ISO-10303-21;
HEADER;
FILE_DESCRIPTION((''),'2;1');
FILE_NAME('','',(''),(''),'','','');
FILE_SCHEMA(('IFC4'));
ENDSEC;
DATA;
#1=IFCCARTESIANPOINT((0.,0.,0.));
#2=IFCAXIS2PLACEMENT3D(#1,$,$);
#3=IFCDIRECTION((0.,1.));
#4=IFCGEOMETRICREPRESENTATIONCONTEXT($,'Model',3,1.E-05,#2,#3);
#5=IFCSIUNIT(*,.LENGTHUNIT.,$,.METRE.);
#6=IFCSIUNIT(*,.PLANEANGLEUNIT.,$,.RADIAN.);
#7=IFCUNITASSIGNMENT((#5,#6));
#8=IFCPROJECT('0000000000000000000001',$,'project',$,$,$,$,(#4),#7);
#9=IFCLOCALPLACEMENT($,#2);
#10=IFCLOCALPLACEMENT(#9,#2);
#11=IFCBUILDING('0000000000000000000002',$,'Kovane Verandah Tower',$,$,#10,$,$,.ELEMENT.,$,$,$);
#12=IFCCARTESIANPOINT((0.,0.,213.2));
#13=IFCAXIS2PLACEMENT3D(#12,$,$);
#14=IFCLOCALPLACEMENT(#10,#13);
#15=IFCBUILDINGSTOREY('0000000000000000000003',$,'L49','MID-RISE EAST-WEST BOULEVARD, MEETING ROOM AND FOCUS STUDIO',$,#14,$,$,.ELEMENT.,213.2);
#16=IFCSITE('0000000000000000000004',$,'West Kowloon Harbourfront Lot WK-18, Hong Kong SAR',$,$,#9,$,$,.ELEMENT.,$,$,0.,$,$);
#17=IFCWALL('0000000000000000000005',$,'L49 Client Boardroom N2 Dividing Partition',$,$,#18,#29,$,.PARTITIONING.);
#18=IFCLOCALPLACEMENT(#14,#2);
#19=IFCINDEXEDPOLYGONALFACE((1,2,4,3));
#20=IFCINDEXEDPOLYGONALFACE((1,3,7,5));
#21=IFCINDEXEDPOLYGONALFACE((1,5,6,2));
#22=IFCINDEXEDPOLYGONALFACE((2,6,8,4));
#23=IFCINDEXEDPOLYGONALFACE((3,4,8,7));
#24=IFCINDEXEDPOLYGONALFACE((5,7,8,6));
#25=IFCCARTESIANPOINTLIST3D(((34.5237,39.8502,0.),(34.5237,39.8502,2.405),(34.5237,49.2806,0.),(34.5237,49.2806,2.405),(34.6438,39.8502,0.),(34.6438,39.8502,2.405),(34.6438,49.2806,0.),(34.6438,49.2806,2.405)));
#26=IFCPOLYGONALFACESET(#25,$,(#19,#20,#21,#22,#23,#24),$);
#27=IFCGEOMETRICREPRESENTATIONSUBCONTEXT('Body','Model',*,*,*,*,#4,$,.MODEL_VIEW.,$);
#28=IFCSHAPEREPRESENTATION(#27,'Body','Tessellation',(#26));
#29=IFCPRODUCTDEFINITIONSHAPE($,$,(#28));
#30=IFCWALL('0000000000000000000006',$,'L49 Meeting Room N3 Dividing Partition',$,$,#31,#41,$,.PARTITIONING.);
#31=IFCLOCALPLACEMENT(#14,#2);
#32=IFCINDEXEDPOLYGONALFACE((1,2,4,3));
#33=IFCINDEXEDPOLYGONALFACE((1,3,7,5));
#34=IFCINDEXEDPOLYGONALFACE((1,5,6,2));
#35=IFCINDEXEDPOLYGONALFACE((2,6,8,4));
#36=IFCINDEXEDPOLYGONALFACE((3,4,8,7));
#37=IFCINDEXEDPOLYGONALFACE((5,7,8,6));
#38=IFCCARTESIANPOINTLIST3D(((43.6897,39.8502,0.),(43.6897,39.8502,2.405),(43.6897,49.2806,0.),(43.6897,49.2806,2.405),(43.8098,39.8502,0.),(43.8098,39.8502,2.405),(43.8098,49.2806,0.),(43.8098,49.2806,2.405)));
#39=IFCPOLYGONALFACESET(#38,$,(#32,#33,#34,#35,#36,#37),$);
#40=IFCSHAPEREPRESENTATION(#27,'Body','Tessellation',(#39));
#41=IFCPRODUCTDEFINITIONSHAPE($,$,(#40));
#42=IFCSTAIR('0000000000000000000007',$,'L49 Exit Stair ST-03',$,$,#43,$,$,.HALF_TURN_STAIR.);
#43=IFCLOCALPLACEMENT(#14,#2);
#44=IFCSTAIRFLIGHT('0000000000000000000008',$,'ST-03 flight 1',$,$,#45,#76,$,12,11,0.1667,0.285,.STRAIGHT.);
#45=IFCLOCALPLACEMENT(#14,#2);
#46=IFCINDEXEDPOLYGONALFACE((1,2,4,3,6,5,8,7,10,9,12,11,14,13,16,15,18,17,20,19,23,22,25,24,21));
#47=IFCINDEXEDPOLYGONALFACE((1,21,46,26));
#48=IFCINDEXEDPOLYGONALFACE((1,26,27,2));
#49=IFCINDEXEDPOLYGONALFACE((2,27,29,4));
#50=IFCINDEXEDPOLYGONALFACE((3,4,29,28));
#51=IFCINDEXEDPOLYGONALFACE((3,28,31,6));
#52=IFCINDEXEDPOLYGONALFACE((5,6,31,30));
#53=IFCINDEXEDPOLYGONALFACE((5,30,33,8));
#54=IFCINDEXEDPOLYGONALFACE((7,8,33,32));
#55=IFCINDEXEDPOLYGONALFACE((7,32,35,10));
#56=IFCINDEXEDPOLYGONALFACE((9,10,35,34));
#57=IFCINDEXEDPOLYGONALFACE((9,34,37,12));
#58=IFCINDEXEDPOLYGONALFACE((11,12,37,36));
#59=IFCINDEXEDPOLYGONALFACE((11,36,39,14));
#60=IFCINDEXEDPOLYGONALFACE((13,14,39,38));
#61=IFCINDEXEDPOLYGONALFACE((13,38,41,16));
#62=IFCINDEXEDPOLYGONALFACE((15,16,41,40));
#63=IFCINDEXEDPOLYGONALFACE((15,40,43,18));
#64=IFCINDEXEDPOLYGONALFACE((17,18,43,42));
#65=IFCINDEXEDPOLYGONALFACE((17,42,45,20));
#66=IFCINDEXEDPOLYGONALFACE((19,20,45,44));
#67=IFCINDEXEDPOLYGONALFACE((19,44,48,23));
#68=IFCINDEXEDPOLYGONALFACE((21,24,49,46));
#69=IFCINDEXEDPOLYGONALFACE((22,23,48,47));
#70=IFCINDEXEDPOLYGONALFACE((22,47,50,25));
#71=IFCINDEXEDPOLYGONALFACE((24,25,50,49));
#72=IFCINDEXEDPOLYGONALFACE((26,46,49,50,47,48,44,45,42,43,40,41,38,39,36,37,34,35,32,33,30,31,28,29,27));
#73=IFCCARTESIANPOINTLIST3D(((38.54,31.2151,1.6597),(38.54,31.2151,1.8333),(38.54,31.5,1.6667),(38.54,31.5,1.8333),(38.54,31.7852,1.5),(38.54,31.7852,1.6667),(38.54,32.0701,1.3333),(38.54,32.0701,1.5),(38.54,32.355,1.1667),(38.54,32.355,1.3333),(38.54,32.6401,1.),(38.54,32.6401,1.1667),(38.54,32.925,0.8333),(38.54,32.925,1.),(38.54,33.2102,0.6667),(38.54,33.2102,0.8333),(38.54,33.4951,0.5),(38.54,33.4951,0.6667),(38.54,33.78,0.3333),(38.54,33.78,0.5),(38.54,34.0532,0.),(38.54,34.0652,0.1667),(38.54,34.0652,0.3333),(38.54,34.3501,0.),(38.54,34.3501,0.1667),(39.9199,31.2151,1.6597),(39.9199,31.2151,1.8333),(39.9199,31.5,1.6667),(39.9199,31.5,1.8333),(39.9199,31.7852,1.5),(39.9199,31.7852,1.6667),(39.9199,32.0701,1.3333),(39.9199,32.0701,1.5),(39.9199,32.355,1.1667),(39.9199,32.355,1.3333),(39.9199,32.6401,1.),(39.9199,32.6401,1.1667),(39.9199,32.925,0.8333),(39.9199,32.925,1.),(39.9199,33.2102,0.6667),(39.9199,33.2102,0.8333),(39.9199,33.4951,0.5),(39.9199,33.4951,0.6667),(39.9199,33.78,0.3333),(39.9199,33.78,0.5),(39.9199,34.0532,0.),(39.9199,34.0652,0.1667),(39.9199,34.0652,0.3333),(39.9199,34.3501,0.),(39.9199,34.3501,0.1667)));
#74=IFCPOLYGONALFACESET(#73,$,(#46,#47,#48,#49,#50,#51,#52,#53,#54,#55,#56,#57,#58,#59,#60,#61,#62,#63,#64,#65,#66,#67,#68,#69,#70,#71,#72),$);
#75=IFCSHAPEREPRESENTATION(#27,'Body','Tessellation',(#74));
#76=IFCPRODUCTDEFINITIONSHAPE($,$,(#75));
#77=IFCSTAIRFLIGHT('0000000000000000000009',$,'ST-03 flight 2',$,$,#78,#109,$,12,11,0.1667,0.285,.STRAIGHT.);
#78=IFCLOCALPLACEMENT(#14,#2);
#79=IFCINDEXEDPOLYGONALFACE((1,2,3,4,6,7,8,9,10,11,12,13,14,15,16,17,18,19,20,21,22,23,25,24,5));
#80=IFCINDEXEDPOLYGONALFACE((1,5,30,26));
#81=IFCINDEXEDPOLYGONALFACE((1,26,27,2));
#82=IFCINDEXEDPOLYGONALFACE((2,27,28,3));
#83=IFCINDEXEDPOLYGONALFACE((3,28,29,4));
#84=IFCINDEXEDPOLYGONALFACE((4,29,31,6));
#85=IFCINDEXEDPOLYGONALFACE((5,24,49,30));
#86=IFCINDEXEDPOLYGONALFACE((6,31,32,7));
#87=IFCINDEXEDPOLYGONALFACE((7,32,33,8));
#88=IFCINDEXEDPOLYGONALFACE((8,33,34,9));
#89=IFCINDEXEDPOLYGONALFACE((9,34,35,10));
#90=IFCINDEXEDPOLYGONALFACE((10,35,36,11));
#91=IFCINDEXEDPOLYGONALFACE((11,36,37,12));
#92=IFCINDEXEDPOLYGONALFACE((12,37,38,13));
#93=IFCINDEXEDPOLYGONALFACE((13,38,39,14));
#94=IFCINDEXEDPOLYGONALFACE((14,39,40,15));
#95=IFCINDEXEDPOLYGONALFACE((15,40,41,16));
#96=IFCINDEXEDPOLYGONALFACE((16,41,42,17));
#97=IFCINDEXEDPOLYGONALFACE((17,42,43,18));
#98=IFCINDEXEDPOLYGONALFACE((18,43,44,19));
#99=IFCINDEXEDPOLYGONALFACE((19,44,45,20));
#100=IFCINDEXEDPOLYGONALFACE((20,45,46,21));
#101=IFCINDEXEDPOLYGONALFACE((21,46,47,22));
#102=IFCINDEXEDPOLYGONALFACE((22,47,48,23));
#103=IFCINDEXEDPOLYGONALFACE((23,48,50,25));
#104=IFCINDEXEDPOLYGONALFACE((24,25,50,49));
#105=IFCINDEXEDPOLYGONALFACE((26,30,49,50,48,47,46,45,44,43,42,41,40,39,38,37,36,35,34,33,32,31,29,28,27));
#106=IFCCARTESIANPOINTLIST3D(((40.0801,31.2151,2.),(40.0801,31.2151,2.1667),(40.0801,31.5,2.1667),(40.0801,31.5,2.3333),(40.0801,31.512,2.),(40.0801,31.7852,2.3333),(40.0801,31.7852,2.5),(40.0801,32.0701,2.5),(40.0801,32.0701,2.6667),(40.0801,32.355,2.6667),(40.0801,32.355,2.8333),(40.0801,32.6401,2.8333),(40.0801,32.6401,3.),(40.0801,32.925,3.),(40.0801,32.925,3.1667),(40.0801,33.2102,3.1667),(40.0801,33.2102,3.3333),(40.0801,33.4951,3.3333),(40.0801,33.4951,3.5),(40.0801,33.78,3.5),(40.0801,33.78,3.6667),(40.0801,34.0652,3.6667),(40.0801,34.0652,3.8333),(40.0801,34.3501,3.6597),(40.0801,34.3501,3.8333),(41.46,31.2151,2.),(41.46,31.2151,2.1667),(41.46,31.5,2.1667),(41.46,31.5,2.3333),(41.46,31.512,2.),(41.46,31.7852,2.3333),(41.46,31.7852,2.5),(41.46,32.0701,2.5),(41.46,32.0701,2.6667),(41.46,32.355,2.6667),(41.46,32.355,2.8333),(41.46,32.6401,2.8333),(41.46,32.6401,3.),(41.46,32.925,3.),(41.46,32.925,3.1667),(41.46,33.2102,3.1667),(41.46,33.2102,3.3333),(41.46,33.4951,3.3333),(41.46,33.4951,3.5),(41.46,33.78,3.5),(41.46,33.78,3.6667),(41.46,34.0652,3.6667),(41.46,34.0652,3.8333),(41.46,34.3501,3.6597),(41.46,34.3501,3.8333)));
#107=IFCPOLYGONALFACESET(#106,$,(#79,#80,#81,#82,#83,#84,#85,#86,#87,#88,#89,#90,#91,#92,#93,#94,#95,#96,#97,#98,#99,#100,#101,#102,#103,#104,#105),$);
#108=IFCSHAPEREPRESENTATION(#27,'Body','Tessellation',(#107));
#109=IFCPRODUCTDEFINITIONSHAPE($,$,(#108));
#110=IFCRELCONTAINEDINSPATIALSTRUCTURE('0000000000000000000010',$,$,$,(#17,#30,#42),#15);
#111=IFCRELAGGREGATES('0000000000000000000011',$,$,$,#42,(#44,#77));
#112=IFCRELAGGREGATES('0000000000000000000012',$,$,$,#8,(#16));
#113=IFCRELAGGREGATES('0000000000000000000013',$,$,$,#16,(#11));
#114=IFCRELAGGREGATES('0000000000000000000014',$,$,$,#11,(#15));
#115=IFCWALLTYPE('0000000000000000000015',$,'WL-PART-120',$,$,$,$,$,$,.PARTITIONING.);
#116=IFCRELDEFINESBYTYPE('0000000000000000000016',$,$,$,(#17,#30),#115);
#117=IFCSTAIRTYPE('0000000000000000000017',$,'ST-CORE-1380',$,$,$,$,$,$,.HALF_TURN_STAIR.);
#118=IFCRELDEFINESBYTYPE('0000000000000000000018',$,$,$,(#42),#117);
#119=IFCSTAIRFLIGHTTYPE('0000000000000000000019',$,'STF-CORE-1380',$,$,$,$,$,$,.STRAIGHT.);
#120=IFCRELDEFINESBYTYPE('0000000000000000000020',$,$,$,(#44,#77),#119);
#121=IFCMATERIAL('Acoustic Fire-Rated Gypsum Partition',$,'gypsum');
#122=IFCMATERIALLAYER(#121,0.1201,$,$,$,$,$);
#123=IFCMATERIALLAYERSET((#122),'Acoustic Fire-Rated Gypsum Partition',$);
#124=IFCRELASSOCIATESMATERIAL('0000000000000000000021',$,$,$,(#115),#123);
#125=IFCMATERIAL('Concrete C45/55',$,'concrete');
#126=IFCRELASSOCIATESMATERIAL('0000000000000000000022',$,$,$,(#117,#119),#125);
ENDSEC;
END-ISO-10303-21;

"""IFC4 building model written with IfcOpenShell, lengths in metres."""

from ifc_helpers import new_model, si_unit, direction, frame, frame_2d, origin, place, context, subcontext, project, spatial, polyline, rectangle, outline, extrude, material, layer, layer_set, type_object, element, aggregate, save


model = new_model("IFC4")

# Units and contexts
model_context = context("Model", 3, precision=1e-05, world=origin(), true_north=direction((0.0, 1.0)))
body_context = subcontext(model_context, "Body", "Model", "MODEL_VIEW")
ifc_project = project(units=[si_unit("LENGTHUNIT", "METRE"), si_unit("PLANEANGLEUNIT", "RADIAN")], contexts=[model_context])

# Site, building, storey
site_placement = place(None, origin())
site = spatial("IfcSite", under=ifc_project, at=site_placement, Name="West Kowloon Harbourfront Lot WK-18, Hong Kong SAR", CompositionType="ELEMENT", RefElevation=0.0)
building_placement = place(site_placement, origin())
building = spatial("IfcBuilding", under=site, at=building_placement, Name="Kovane Verandah Tower", CompositionType="ELEMENT")
storey_placement = place(building_placement, frame((0.0, 0.0, 213.2)))
storey = spatial("IfcBuildingStorey", under=building, at=storey_placement, Name="L49", Description="MID-RISE EAST-WEST BOULEVARD, MEETING ROOM AND FOCUS STUDIO", CompositionType="ELEMENT", Elevation=213.2)

# Walls
ifc_material_1 = material(Name="Acoustic Fire-Rated Gypsum Partition", Category="gypsum")
ifc_layer_1 = layer(ifc_material_1, 0.1201)
ifc_layer_set_1 = layer_set([ifc_layer_1], Name="Acoustic Fire-Rated Gypsum Partition")
wall_type_1 = type_object("IfcWallType", Name="WL-PART-120", PredefinedType="PARTITIONING", material=ifc_layer_set_1)
for number, where, z_axis, x_axis, name in (
    (1, (34.5837, 39.8501, 0.0), (0.0, 0.0, 1.0), (0.0, 1.0, 0.0), "L49 Client Boardroom N2 Dividing Partition"),
    (2, (43.7498, 39.8501, 0.0), (0.0, 0.0, 1.0), (0.0, 1.0, 0.0), "L49 Meeting Room N3 Dividing Partition"),
):
    element("IfcWall", number, at=place(storey_placement, frame(where, z_axis=z_axis, x_axis=x_axis)), inside=storey, type_object=wall_type_1, Name=name, PredefinedType="PARTITIONING", context=body_context, shape_type="SweptSolid", body=[
        extrude(rectangle(XDim=9.4304, YDim=0.1201, at=frame_2d((4.7153, 0.0))), origin(), (0.0, 0.0, 1.0), 2.405),
    ])

# Stair, stair flights
ifc_material_2 = material(Name="Concrete C45/55", Category="concrete")
stair_type = type_object("IfcStairType", Name="ST-CORE-1380", PredefinedType="HALF_TURN_STAIR", material=ifc_material_2)
stair_placement = place(storey_placement, origin())
stair = element("IfcStair", 3, at=stair_placement, inside=storey, type_object=stair_type, Name="L49 Exit Stair ST-03", PredefinedType="HALF_TURN_STAIR")
stair_flight_type = type_object("IfcStairFlightType", Name="STF-CORE-1380", PredefinedType="STRAIGHT", material=ifc_material_2)
stair_flight_1_placement = place(storey_placement, frame((39.23, 34.3501, 0.0), z_axis=(0.0, 0.0, 1.0), x_axis=(0.0, -1.0, 0.0)))
stair_flight_1 = element("IfcStairFlight", 4, at=stair_flight_1_placement, type_object=stair_flight_type, Name="ST-03 flight 1", NumberOfRisers=12, NumberOfTreads=11, PredefinedType="STRAIGHT", RiserHeight=0.1667, TreadLength=0.285, context=body_context, shape_type="SweptSolid", body=[
    extrude(outline(polyline([(0.0, 0.0), (0.0, 0.1667), (0.2849, 0.1667), (0.2849, 0.3333), (0.5701, 0.3333), (0.5701, 0.5), (0.855, 0.5), (0.855, 0.6667), (1.1399, 0.6667), (1.1399, 0.8333), (1.425, 0.8333), (1.425, 1.0), (1.71, 1.0), (1.71, 1.1667), (1.9951, 1.1667), (1.9951, 1.3333), (2.28, 1.3333), (2.28, 1.5), (2.5649, 1.5), (2.5649, 1.6667), (2.8501, 1.6667), (2.8501, 1.8333), (3.135, 1.8333), (3.135, 2.0), (3.135, 1.6597), (0.2969, 0.0), (0.0, 0.0)])), frame((0.0, 0.6899, 0.0), z_axis=(0.0, -1.0, 0.0), x_axis=(1.0, 0.0, 0.0)), (0.0, 0.0, 1.0), 1.3799),
])
stair_flight_2_placement = place(storey_placement, frame((40.77, 31.2151, 2.0), z_axis=(0.0, 0.0, 1.0), x_axis=(0.0, 1.0, 0.0)))
stair_flight_2 = element("IfcStairFlight", 5, at=stair_flight_2_placement, type_object=stair_flight_type, Name="ST-03 flight 2", NumberOfRisers=12, NumberOfTreads=11, PredefinedType="STRAIGHT", RiserHeight=0.1667, TreadLength=0.285, context=body_context, shape_type="SweptSolid", body=[
    extrude(outline(polyline([(0.0, 0.0), (0.0, 0.1667), (0.2849, 0.1667), (0.2849, 0.3333), (0.5701, 0.3333), (0.5701, 0.5), (0.855, 0.5), (0.855, 0.6667), (1.1399, 0.6667), (1.1399, 0.8333), (1.425, 0.8333), (1.425, 1.0), (1.71, 1.0), (1.71, 1.1667), (1.9951, 1.1667), (1.9951, 1.3333), (2.28, 1.3333), (2.28, 1.5), (2.5649, 1.5), (2.5649, 1.6667), (2.8501, 1.6667), (2.8501, 1.8333), (3.135, 1.8333), (3.135, 2.0), (3.135, 1.6597), (0.2969, 0.0), (0.0, 0.0)])), frame((0.0, 0.6899, 0.0), z_axis=(0.0, -1.0, 0.0), x_axis=(1.0, 0.0, 0.0)), (0.0, 0.0, 1.0), 1.3799),
])
aggregate(stair, [stair_flight_1, stair_flight_2])

save(model, "model.ifc")
